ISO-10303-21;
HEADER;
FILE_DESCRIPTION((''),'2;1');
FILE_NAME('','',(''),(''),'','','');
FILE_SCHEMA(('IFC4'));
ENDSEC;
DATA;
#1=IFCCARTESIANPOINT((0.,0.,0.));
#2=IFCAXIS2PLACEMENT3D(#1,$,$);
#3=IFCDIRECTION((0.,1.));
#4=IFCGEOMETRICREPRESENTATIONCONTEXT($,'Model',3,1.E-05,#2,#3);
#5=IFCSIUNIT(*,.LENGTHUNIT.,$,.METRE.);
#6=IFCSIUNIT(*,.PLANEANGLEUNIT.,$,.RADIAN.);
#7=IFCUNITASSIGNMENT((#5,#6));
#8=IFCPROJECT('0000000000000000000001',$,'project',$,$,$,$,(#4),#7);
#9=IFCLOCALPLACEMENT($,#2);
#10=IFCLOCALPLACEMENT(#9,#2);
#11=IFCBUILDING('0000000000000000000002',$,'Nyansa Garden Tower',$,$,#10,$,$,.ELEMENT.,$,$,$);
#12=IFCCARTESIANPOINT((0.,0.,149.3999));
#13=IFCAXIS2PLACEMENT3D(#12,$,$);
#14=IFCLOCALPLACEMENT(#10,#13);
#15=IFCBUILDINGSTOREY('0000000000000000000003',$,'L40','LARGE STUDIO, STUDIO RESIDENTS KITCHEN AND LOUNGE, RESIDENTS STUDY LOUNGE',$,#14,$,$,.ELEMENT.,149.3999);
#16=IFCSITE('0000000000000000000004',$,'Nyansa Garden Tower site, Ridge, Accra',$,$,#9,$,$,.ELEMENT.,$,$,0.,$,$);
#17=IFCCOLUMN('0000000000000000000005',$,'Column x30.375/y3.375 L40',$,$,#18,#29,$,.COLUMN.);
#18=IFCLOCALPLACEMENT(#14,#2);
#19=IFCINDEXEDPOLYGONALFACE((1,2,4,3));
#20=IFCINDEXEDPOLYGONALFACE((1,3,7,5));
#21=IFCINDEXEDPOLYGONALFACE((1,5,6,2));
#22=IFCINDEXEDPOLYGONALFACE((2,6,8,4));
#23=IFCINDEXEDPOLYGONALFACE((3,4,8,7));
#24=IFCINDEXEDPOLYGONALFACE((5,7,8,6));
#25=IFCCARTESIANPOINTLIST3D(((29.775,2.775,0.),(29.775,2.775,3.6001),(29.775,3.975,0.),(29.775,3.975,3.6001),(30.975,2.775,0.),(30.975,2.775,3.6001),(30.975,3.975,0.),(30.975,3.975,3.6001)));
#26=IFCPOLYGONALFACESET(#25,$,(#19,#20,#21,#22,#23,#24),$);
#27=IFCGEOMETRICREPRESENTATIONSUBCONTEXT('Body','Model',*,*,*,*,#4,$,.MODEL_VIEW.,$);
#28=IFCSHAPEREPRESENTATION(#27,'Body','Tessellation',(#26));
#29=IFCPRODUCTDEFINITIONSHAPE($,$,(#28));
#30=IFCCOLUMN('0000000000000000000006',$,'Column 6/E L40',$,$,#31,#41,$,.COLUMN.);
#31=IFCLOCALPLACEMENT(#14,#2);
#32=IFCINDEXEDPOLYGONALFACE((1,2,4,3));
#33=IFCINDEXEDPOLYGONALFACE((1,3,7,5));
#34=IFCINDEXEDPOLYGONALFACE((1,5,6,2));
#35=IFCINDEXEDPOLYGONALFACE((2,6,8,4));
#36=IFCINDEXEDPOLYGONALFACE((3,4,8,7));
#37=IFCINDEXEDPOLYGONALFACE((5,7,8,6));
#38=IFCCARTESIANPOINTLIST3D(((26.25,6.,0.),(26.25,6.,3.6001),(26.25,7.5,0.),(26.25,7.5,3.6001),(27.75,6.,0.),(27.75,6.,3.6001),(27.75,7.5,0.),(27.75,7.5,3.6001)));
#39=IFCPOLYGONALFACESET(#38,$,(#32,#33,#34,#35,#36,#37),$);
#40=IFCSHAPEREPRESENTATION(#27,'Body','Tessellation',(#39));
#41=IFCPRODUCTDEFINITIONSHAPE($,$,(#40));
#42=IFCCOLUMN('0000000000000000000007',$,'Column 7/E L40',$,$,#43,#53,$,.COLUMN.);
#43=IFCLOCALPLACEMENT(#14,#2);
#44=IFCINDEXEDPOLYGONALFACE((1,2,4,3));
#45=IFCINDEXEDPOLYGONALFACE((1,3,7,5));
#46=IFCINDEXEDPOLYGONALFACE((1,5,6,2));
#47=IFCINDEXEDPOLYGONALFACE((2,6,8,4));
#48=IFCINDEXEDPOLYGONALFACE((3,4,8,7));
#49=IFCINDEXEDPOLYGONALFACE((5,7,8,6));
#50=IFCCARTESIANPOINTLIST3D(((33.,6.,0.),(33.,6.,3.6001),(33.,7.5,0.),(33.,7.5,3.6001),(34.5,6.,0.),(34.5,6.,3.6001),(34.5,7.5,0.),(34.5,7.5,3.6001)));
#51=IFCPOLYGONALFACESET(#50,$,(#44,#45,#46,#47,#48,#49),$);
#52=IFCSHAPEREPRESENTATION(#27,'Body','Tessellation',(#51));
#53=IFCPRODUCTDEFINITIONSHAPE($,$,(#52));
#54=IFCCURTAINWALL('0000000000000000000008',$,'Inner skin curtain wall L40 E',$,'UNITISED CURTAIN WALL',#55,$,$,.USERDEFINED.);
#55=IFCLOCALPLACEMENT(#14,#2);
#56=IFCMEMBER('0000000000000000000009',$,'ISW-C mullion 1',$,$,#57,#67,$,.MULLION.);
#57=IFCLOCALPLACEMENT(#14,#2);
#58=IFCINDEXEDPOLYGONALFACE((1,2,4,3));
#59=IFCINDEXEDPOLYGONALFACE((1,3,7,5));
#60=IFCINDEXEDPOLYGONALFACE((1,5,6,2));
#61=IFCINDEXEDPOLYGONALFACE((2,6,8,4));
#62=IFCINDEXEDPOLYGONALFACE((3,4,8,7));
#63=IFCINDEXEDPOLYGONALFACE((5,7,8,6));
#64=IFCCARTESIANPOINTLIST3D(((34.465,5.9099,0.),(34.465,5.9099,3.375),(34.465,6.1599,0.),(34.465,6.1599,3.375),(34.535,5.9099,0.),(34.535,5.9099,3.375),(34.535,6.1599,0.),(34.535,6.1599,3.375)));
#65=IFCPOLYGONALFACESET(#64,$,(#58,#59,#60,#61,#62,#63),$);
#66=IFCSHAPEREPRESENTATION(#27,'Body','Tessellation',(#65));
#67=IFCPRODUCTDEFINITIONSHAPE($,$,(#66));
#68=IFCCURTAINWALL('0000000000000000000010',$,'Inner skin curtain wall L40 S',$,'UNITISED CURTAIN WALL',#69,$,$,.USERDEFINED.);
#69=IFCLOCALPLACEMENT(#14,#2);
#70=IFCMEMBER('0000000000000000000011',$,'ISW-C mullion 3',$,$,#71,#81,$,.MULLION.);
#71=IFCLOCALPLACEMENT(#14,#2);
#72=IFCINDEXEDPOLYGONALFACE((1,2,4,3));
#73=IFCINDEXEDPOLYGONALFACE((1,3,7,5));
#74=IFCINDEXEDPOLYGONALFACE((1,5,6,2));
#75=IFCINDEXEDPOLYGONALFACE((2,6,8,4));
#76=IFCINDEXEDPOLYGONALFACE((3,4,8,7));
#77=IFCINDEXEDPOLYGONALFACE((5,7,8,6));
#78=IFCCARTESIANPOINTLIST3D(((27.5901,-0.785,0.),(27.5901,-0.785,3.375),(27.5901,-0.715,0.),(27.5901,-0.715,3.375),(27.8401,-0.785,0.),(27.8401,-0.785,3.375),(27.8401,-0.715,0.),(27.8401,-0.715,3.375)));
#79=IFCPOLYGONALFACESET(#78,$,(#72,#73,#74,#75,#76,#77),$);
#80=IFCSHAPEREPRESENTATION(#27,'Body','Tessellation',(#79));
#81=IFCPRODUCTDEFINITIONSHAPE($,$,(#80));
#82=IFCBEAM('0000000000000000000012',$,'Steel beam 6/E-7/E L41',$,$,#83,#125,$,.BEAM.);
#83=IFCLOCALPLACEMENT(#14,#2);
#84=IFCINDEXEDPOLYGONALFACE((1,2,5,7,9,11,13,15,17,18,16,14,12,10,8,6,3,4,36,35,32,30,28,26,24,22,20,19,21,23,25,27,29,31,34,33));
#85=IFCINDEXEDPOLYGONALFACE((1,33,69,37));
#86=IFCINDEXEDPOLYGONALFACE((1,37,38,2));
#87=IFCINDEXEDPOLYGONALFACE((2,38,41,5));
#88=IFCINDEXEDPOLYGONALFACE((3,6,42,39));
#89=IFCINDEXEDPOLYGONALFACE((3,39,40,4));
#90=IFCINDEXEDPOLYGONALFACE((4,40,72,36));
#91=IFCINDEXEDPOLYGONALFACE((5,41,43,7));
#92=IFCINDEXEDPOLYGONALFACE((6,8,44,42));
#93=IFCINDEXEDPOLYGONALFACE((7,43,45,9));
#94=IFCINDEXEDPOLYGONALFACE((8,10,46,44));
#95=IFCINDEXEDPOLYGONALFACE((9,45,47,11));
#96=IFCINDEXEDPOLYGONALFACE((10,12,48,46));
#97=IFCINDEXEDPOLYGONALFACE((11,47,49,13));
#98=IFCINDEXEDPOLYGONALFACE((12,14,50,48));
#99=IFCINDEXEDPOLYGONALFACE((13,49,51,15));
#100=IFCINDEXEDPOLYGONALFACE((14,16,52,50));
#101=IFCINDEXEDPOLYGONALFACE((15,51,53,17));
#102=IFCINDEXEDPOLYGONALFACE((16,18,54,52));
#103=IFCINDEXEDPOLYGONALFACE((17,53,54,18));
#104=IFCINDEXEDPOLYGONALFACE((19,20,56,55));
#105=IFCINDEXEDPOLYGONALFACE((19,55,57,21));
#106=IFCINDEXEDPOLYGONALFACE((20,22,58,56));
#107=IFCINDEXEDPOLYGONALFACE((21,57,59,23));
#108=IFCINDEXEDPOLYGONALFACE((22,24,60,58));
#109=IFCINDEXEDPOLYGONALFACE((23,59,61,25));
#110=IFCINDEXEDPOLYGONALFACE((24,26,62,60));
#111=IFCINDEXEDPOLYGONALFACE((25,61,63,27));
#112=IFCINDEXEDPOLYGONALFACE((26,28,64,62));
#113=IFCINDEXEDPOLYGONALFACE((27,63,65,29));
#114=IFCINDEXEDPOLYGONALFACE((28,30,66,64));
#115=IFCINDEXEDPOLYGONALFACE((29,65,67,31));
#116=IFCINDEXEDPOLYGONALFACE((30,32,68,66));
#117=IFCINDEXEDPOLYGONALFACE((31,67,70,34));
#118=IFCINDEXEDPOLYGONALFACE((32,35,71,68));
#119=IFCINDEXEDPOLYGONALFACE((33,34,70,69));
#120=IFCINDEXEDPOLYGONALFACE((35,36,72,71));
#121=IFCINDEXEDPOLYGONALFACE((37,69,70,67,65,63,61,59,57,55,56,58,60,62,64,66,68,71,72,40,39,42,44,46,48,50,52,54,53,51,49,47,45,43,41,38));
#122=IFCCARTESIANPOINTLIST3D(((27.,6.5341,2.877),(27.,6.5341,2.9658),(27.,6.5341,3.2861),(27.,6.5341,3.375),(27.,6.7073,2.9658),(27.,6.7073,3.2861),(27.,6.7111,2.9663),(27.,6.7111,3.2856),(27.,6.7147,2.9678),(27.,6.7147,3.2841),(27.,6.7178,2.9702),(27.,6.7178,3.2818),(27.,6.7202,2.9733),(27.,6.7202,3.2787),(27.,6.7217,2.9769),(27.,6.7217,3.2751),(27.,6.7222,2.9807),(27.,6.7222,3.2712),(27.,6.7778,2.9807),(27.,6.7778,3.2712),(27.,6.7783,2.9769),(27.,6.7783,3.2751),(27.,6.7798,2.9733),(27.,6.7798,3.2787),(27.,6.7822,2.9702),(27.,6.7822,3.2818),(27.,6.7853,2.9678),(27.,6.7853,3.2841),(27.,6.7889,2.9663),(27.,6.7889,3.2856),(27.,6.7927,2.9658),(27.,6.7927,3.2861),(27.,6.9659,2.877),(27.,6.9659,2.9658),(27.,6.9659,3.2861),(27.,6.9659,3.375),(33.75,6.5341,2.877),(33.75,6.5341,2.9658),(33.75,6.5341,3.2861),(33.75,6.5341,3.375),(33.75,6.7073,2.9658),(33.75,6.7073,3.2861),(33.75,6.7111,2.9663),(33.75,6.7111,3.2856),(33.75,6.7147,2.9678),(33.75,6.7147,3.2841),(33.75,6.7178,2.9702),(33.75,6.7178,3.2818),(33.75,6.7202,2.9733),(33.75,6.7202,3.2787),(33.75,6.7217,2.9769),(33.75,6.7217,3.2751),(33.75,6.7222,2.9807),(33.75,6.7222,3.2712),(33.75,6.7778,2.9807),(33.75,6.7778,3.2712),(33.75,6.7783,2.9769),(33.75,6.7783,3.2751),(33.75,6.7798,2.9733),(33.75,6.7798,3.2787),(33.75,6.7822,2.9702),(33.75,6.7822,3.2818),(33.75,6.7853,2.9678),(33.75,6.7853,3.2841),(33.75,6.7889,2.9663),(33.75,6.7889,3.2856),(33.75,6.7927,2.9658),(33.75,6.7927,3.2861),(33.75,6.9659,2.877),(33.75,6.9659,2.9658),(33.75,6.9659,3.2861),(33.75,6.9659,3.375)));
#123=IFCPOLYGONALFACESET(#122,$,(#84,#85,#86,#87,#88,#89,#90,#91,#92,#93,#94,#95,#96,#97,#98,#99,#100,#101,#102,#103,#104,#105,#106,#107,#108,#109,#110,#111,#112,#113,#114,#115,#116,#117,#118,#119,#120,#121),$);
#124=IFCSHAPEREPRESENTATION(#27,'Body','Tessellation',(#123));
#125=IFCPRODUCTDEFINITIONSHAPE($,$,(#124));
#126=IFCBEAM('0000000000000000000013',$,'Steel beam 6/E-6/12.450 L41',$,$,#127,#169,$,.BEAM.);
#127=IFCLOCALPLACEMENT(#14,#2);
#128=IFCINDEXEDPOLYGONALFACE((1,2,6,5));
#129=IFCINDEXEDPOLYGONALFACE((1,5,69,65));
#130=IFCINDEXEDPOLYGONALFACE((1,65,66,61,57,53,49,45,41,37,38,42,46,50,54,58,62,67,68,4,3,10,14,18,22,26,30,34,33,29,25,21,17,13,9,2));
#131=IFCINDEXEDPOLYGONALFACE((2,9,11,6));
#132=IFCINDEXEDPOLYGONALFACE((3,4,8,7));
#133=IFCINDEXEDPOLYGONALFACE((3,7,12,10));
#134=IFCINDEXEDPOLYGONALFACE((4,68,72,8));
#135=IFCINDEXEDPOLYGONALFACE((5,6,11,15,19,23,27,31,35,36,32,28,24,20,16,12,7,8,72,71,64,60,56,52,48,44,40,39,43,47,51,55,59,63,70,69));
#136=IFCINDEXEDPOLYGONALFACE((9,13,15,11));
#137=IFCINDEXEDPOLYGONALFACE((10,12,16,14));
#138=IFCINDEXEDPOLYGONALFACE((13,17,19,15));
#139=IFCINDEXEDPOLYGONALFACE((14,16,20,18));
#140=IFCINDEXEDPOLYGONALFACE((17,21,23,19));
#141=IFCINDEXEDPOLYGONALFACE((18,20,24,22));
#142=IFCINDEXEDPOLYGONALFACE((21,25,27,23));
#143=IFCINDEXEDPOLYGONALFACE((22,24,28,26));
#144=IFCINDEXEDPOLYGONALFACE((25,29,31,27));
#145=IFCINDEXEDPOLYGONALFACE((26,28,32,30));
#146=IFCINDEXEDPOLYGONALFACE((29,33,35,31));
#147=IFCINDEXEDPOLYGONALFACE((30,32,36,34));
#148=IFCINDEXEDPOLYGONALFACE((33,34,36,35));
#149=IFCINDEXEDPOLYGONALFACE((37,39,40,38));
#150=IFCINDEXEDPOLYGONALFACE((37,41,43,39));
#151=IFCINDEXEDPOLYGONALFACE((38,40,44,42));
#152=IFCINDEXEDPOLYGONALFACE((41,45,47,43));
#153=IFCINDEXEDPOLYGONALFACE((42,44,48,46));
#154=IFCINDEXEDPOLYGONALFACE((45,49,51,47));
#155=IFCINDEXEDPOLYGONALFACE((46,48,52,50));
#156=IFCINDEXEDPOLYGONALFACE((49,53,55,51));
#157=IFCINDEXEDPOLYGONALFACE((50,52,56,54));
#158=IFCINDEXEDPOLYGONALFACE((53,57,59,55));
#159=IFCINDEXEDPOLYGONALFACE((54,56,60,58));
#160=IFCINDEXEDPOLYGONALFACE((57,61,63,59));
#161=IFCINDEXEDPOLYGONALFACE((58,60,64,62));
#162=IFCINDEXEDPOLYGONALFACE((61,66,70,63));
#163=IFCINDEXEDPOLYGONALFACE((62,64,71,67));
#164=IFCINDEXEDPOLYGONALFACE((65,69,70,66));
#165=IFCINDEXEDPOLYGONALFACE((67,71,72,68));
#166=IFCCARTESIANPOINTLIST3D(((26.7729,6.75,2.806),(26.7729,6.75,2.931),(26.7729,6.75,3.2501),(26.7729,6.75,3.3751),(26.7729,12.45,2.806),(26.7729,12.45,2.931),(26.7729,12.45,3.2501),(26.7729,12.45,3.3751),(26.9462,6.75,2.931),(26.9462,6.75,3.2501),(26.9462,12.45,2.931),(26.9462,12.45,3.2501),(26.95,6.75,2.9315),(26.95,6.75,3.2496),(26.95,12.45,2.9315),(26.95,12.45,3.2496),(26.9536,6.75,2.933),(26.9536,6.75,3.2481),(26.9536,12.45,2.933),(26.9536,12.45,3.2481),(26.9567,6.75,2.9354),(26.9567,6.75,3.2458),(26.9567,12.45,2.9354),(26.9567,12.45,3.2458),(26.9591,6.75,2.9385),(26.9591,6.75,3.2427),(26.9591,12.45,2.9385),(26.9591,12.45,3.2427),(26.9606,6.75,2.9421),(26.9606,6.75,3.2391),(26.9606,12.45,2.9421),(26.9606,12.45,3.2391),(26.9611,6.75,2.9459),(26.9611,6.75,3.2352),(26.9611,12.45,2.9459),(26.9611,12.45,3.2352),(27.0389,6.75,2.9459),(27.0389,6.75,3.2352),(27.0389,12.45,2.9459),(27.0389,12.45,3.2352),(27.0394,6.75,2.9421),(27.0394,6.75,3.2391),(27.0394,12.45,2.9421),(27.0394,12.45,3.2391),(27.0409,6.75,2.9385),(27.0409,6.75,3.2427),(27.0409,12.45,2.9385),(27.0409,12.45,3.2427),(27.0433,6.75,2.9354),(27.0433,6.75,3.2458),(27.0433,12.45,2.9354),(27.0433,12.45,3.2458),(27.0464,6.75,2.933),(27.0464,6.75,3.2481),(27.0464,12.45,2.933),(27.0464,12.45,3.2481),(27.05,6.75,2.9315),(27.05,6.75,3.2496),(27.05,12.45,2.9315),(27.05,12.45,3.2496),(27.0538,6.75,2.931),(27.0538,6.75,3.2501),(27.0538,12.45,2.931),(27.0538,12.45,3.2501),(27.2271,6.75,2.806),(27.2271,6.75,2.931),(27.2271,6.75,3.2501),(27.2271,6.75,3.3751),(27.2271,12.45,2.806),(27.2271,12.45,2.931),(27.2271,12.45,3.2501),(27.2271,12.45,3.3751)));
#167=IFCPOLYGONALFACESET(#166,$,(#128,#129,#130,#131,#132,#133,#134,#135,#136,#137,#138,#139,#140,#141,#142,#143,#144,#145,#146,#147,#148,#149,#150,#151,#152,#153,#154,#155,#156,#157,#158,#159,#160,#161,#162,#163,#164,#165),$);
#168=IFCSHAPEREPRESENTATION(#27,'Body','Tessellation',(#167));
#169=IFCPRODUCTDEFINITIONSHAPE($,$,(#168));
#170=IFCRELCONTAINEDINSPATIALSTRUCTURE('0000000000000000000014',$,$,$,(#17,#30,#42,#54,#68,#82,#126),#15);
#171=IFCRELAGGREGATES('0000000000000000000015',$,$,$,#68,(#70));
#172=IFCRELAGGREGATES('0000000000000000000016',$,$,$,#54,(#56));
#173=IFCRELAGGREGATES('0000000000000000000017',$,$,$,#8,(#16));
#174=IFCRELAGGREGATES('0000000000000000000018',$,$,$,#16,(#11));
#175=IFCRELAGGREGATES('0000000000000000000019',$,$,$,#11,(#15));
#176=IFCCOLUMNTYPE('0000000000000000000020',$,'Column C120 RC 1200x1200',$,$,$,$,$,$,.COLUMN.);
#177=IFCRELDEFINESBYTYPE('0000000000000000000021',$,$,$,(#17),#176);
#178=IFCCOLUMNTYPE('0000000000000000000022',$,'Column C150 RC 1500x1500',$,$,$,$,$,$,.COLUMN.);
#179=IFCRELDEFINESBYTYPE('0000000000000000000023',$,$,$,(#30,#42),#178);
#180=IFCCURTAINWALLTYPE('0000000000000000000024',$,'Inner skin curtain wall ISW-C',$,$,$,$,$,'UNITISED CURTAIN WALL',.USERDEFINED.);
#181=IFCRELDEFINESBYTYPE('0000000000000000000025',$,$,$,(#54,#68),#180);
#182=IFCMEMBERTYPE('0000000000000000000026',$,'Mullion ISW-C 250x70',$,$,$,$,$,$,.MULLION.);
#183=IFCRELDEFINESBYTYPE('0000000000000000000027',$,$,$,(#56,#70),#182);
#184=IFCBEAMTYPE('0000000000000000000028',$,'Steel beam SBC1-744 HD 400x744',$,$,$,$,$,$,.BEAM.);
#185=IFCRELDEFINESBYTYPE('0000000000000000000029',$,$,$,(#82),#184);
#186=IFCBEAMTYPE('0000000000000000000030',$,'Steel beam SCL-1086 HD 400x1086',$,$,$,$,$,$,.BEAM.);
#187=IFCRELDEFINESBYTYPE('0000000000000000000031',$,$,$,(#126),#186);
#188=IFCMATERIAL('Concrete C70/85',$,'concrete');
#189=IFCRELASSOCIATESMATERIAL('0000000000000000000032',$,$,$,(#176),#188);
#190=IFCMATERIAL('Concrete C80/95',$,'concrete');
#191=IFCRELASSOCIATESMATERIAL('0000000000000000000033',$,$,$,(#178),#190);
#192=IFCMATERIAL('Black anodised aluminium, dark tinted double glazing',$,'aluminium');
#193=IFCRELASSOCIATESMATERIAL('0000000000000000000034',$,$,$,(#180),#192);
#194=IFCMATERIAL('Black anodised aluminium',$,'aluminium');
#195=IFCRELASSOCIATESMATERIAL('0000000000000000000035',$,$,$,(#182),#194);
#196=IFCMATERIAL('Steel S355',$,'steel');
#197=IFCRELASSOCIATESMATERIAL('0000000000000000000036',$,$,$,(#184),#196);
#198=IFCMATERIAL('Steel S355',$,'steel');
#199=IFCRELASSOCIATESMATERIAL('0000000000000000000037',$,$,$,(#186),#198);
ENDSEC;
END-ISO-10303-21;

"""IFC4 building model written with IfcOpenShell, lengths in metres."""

from ifc_helpers import new_model, si_unit, direction, frame, origin, origin_2d, place, context, subcontext, project, spatial, rectangle, i_section, extrude, material, material_profile, profile_set, type_object, element, aggregate, save


model = new_model("IFC4")

# Units and contexts
model_context = context("Model", 3, precision=1e-05, world=origin(), true_north=direction((0.0, 1.0)))
body_context = subcontext(model_context, "Body", "Model", "MODEL_VIEW")
ifc_project = project(units=[si_unit("LENGTHUNIT", "METRE"), si_unit("PLANEANGLEUNIT", "RADIAN")], contexts=[model_context])

# Site, building, storey
site_placement = place(None, origin())
site = spatial("IfcSite", under=ifc_project, at=site_placement, Name="Nyansa Garden Tower site, Ridge, Accra", CompositionType="ELEMENT", RefElevation=0.0)
building_placement = place(site_placement, origin())
building = spatial("IfcBuilding", under=site, at=building_placement, Name="Nyansa Garden Tower", CompositionType="ELEMENT")
storey_placement = place(building_placement, frame((0.0, 0.0, 149.3999)))
storey = spatial("IfcBuildingStorey", under=building, at=storey_placement, Name="L40", Description="LARGE STUDIO, STUDIO RESIDENTS KITCHEN AND LOUNGE, RESIDENTS STUDY LOUNGE", CompositionType="ELEMENT", Elevation=149.3999)

# Columns
ifc_material_1 = material(Name="Concrete C70/85", Category="concrete")
ifc_material_profile_1 = material_profile(ifc_material_1, rectangle(XDim=1.2, YDim=1.2, at=origin_2d()), Name="RC 1200x1200")
ifc_profile_set_1 = profile_set([ifc_material_profile_1], Name="Concrete C70/85")
column_type_1 = type_object("IfcColumnType", Name="Column C120 RC 1200x1200", PredefinedType="COLUMN", material=ifc_profile_set_1)
column_placement = place(storey_placement, frame((30.375, 3.375, 0.0), z_axis=(0.0, 0.0, 1.0), x_axis=(1.0, 0.0, 0.0)))
element("IfcColumn", 1, at=column_placement, inside=storey, type_object=column_type_1, Name="Column x30.375/y3.375 L40", PredefinedType="COLUMN", context=body_context, shape_type="SweptSolid", body=[
    extrude(rectangle(XDim=1.2, YDim=1.2, at=origin_2d()), origin(), (0.0, 0.0, 1.0), 3.6001),
])
ifc_material_2 = material(Name="Concrete C80/95", Category="concrete")
ifc_material_profile_2 = material_profile(ifc_material_2, rectangle(XDim=1.5, YDim=1.5, at=origin_2d()), Name="RC 1500x1500")
ifc_profile_set_2 = profile_set([ifc_material_profile_2], Name="Concrete C80/95")
column_type_2 = type_object("IfcColumnType", Name="Column C150 RC 1500x1500", PredefinedType="COLUMN", material=ifc_profile_set_2)
for number, where, z_axis, x_axis, name in (
    (2, (27.0, 6.75, 0.0), (0.0, 0.0, 1.0), (1.0, 0.0, 0.0), "Column 6/E L40"),
    (3, (33.75, 6.75, 0.0), (0.0, 0.0, 1.0), (1.0, 0.0, 0.0), "Column 7/E L40"),
):
    element("IfcColumn", number, at=place(storey_placement, frame(where, z_axis=z_axis, x_axis=x_axis)), inside=storey, type_object=column_type_2, Name=name, PredefinedType="COLUMN", context=body_context, shape_type="SweptSolid", body=[
        extrude(rectangle(XDim=1.5, YDim=1.5, at=origin_2d()), origin(), (0.0, 0.0, 1.0), 3.6001),
    ])

# Curtain walls, members
ifc_material_3 = material(Name="Black anodised aluminium, dark tinted double glazing", Category="aluminium")
curtain_wall_type = type_object("IfcCurtainWallType", Name="Inner skin curtain wall ISW-C", ElementType="UNITISED CURTAIN WALL", PredefinedType="USERDEFINED", material=ifc_material_3)
curtain_wall_1_placement = place(storey_placement, origin())
curtain_wall_1 = element("IfcCurtainWall", 4, at=curtain_wall_1_placement, inside=storey, type_object=curtain_wall_type, Name="Inner skin curtain wall L40 E", ObjectType="UNITISED CURTAIN WALL", PredefinedType="USERDEFINED")
ifc_material_4 = material(Name="Black anodised aluminium", Category="aluminium")
ifc_material_profile_3 = material_profile(ifc_material_4, rectangle(XDim=0.0701, YDim=0.25, at=origin_2d()), Name="Mullion 250x70")
ifc_profile_set_3 = profile_set([ifc_material_profile_3], Name="Black anodised aluminium")
member_type_1 = type_object("IfcMemberType", Name="Mullion ISW-C 250x70", PredefinedType="MULLION", material=ifc_profile_set_3)
member_1_placement = place(storey_placement, frame((34.5, 6.0349, 0.0), z_axis=(0.0, 0.0, 1.0), x_axis=(-1.0, 0.0, 0.0)))
member_1 = element("IfcMember", 5, at=member_1_placement, type_object=member_type_1, Name="ISW-C mullion 1", PredefinedType="MULLION", context=body_context, shape_type="SweptSolid", body=[
    extrude(rectangle(XDim=0.0701, YDim=0.25, at=origin_2d()), origin(), (0.0, 0.0, 1.0), 3.375),
])
curtain_wall_2_placement = place(storey_placement, origin())
curtain_wall_2 = element("IfcCurtainWall", 6, at=curtain_wall_2_placement, inside=storey, type_object=curtain_wall_type, Name="Inner skin curtain wall L40 S", ObjectType="UNITISED CURTAIN WALL", PredefinedType="USERDEFINED")
member_2_placement = place(storey_placement, frame((27.7151, -0.75, 0.0), z_axis=(0.0, 0.0, 1.0), x_axis=(0.0, 1.0, 0.0)))
member_2 = element("IfcMember", 7, at=member_2_placement, type_object=member_type_1, Name="ISW-C mullion 3", PredefinedType="MULLION", context=body_context, shape_type="SweptSolid", body=[
    extrude(rectangle(XDim=0.0701, YDim=0.25, at=origin_2d()), origin(), (0.0, 0.0, 1.0), 3.375),
])
aggregate(curtain_wall_2, [member_2])

# Beams
ifc_material_5 = material(Name="Steel S355", Category="steel")
ifc_material_profile_4 = material_profile(ifc_material_5, i_section(OverallWidth=0.4319, OverallDepth=0.498, WebThickness=0.0557, FlangeThickness=0.0889, FilletRadius=0.0149, at=origin_2d()), Name="HD 400x744")
ifc_profile_set_4 = profile_set([ifc_material_profile_4], Name="Steel S355")
beam_type_1 = type_object("IfcBeamType", Name="Steel beam SBC1-744 HD 400x744", PredefinedType="BEAM", material=ifc_profile_set_4)
beam_1_placement = place(storey_placement, frame((27.0, 6.75, 3.126), z_axis=(1.0, 0.0, 0.0), x_axis=(0.0, 1.0, 0.0)))
element("IfcBeam", 8, at=beam_1_placement, inside=storey, type_object=beam_type_1, Name="Steel beam 6/E-7/E L41", PredefinedType="BEAM", context=body_context, shape_type="SweptSolid", body=[
    extrude(i_section(OverallWidth=0.4319, OverallDepth=0.498, WebThickness=0.0557, FlangeThickness=0.0889, FilletRadius=0.0149, at=origin_2d()), origin(), (0.0, 0.0, 1.0), 6.75),
])
ifc_material_6 = material(Name="Steel S355", Category="steel")
ifc_material_profile_5 = material_profile(ifc_material_6, i_section(OverallWidth=0.4541, OverallDepth=0.5691, WebThickness=0.0779, FlangeThickness=0.125, FilletRadius=0.0149, at=origin_2d()), Name="HD 400x1086")
ifc_profile_set_5 = profile_set([ifc_material_profile_5], Name="Steel S355")
beam_type_2 = type_object("IfcBeamType", Name="Steel beam SCL-1086 HD 400x1086", PredefinedType="BEAM", material=ifc_profile_set_5)
beam_2_placement = place(storey_placement, frame((27.0, 6.75, 3.0906), z_axis=(0.0, 1.0, 0.0), x_axis=(-1.0, 0.0, 0.0)))
element("IfcBeam", 9, at=beam_2_placement, inside=storey, type_object=beam_type_2, Name="Steel beam 6/E-6/12.450 L41", PredefinedType="BEAM", context=body_context, shape_type="SweptSolid", body=[
    extrude(i_section(OverallWidth=0.4541, OverallDepth=0.5691, WebThickness=0.0779, FlangeThickness=0.125, FilletRadius=0.0149, at=origin_2d()), origin(), (0.0, 0.0, 1.0), 5.7),
])

aggregate(curtain_wall_1, [member_1])

save(model, "model.ifc")
